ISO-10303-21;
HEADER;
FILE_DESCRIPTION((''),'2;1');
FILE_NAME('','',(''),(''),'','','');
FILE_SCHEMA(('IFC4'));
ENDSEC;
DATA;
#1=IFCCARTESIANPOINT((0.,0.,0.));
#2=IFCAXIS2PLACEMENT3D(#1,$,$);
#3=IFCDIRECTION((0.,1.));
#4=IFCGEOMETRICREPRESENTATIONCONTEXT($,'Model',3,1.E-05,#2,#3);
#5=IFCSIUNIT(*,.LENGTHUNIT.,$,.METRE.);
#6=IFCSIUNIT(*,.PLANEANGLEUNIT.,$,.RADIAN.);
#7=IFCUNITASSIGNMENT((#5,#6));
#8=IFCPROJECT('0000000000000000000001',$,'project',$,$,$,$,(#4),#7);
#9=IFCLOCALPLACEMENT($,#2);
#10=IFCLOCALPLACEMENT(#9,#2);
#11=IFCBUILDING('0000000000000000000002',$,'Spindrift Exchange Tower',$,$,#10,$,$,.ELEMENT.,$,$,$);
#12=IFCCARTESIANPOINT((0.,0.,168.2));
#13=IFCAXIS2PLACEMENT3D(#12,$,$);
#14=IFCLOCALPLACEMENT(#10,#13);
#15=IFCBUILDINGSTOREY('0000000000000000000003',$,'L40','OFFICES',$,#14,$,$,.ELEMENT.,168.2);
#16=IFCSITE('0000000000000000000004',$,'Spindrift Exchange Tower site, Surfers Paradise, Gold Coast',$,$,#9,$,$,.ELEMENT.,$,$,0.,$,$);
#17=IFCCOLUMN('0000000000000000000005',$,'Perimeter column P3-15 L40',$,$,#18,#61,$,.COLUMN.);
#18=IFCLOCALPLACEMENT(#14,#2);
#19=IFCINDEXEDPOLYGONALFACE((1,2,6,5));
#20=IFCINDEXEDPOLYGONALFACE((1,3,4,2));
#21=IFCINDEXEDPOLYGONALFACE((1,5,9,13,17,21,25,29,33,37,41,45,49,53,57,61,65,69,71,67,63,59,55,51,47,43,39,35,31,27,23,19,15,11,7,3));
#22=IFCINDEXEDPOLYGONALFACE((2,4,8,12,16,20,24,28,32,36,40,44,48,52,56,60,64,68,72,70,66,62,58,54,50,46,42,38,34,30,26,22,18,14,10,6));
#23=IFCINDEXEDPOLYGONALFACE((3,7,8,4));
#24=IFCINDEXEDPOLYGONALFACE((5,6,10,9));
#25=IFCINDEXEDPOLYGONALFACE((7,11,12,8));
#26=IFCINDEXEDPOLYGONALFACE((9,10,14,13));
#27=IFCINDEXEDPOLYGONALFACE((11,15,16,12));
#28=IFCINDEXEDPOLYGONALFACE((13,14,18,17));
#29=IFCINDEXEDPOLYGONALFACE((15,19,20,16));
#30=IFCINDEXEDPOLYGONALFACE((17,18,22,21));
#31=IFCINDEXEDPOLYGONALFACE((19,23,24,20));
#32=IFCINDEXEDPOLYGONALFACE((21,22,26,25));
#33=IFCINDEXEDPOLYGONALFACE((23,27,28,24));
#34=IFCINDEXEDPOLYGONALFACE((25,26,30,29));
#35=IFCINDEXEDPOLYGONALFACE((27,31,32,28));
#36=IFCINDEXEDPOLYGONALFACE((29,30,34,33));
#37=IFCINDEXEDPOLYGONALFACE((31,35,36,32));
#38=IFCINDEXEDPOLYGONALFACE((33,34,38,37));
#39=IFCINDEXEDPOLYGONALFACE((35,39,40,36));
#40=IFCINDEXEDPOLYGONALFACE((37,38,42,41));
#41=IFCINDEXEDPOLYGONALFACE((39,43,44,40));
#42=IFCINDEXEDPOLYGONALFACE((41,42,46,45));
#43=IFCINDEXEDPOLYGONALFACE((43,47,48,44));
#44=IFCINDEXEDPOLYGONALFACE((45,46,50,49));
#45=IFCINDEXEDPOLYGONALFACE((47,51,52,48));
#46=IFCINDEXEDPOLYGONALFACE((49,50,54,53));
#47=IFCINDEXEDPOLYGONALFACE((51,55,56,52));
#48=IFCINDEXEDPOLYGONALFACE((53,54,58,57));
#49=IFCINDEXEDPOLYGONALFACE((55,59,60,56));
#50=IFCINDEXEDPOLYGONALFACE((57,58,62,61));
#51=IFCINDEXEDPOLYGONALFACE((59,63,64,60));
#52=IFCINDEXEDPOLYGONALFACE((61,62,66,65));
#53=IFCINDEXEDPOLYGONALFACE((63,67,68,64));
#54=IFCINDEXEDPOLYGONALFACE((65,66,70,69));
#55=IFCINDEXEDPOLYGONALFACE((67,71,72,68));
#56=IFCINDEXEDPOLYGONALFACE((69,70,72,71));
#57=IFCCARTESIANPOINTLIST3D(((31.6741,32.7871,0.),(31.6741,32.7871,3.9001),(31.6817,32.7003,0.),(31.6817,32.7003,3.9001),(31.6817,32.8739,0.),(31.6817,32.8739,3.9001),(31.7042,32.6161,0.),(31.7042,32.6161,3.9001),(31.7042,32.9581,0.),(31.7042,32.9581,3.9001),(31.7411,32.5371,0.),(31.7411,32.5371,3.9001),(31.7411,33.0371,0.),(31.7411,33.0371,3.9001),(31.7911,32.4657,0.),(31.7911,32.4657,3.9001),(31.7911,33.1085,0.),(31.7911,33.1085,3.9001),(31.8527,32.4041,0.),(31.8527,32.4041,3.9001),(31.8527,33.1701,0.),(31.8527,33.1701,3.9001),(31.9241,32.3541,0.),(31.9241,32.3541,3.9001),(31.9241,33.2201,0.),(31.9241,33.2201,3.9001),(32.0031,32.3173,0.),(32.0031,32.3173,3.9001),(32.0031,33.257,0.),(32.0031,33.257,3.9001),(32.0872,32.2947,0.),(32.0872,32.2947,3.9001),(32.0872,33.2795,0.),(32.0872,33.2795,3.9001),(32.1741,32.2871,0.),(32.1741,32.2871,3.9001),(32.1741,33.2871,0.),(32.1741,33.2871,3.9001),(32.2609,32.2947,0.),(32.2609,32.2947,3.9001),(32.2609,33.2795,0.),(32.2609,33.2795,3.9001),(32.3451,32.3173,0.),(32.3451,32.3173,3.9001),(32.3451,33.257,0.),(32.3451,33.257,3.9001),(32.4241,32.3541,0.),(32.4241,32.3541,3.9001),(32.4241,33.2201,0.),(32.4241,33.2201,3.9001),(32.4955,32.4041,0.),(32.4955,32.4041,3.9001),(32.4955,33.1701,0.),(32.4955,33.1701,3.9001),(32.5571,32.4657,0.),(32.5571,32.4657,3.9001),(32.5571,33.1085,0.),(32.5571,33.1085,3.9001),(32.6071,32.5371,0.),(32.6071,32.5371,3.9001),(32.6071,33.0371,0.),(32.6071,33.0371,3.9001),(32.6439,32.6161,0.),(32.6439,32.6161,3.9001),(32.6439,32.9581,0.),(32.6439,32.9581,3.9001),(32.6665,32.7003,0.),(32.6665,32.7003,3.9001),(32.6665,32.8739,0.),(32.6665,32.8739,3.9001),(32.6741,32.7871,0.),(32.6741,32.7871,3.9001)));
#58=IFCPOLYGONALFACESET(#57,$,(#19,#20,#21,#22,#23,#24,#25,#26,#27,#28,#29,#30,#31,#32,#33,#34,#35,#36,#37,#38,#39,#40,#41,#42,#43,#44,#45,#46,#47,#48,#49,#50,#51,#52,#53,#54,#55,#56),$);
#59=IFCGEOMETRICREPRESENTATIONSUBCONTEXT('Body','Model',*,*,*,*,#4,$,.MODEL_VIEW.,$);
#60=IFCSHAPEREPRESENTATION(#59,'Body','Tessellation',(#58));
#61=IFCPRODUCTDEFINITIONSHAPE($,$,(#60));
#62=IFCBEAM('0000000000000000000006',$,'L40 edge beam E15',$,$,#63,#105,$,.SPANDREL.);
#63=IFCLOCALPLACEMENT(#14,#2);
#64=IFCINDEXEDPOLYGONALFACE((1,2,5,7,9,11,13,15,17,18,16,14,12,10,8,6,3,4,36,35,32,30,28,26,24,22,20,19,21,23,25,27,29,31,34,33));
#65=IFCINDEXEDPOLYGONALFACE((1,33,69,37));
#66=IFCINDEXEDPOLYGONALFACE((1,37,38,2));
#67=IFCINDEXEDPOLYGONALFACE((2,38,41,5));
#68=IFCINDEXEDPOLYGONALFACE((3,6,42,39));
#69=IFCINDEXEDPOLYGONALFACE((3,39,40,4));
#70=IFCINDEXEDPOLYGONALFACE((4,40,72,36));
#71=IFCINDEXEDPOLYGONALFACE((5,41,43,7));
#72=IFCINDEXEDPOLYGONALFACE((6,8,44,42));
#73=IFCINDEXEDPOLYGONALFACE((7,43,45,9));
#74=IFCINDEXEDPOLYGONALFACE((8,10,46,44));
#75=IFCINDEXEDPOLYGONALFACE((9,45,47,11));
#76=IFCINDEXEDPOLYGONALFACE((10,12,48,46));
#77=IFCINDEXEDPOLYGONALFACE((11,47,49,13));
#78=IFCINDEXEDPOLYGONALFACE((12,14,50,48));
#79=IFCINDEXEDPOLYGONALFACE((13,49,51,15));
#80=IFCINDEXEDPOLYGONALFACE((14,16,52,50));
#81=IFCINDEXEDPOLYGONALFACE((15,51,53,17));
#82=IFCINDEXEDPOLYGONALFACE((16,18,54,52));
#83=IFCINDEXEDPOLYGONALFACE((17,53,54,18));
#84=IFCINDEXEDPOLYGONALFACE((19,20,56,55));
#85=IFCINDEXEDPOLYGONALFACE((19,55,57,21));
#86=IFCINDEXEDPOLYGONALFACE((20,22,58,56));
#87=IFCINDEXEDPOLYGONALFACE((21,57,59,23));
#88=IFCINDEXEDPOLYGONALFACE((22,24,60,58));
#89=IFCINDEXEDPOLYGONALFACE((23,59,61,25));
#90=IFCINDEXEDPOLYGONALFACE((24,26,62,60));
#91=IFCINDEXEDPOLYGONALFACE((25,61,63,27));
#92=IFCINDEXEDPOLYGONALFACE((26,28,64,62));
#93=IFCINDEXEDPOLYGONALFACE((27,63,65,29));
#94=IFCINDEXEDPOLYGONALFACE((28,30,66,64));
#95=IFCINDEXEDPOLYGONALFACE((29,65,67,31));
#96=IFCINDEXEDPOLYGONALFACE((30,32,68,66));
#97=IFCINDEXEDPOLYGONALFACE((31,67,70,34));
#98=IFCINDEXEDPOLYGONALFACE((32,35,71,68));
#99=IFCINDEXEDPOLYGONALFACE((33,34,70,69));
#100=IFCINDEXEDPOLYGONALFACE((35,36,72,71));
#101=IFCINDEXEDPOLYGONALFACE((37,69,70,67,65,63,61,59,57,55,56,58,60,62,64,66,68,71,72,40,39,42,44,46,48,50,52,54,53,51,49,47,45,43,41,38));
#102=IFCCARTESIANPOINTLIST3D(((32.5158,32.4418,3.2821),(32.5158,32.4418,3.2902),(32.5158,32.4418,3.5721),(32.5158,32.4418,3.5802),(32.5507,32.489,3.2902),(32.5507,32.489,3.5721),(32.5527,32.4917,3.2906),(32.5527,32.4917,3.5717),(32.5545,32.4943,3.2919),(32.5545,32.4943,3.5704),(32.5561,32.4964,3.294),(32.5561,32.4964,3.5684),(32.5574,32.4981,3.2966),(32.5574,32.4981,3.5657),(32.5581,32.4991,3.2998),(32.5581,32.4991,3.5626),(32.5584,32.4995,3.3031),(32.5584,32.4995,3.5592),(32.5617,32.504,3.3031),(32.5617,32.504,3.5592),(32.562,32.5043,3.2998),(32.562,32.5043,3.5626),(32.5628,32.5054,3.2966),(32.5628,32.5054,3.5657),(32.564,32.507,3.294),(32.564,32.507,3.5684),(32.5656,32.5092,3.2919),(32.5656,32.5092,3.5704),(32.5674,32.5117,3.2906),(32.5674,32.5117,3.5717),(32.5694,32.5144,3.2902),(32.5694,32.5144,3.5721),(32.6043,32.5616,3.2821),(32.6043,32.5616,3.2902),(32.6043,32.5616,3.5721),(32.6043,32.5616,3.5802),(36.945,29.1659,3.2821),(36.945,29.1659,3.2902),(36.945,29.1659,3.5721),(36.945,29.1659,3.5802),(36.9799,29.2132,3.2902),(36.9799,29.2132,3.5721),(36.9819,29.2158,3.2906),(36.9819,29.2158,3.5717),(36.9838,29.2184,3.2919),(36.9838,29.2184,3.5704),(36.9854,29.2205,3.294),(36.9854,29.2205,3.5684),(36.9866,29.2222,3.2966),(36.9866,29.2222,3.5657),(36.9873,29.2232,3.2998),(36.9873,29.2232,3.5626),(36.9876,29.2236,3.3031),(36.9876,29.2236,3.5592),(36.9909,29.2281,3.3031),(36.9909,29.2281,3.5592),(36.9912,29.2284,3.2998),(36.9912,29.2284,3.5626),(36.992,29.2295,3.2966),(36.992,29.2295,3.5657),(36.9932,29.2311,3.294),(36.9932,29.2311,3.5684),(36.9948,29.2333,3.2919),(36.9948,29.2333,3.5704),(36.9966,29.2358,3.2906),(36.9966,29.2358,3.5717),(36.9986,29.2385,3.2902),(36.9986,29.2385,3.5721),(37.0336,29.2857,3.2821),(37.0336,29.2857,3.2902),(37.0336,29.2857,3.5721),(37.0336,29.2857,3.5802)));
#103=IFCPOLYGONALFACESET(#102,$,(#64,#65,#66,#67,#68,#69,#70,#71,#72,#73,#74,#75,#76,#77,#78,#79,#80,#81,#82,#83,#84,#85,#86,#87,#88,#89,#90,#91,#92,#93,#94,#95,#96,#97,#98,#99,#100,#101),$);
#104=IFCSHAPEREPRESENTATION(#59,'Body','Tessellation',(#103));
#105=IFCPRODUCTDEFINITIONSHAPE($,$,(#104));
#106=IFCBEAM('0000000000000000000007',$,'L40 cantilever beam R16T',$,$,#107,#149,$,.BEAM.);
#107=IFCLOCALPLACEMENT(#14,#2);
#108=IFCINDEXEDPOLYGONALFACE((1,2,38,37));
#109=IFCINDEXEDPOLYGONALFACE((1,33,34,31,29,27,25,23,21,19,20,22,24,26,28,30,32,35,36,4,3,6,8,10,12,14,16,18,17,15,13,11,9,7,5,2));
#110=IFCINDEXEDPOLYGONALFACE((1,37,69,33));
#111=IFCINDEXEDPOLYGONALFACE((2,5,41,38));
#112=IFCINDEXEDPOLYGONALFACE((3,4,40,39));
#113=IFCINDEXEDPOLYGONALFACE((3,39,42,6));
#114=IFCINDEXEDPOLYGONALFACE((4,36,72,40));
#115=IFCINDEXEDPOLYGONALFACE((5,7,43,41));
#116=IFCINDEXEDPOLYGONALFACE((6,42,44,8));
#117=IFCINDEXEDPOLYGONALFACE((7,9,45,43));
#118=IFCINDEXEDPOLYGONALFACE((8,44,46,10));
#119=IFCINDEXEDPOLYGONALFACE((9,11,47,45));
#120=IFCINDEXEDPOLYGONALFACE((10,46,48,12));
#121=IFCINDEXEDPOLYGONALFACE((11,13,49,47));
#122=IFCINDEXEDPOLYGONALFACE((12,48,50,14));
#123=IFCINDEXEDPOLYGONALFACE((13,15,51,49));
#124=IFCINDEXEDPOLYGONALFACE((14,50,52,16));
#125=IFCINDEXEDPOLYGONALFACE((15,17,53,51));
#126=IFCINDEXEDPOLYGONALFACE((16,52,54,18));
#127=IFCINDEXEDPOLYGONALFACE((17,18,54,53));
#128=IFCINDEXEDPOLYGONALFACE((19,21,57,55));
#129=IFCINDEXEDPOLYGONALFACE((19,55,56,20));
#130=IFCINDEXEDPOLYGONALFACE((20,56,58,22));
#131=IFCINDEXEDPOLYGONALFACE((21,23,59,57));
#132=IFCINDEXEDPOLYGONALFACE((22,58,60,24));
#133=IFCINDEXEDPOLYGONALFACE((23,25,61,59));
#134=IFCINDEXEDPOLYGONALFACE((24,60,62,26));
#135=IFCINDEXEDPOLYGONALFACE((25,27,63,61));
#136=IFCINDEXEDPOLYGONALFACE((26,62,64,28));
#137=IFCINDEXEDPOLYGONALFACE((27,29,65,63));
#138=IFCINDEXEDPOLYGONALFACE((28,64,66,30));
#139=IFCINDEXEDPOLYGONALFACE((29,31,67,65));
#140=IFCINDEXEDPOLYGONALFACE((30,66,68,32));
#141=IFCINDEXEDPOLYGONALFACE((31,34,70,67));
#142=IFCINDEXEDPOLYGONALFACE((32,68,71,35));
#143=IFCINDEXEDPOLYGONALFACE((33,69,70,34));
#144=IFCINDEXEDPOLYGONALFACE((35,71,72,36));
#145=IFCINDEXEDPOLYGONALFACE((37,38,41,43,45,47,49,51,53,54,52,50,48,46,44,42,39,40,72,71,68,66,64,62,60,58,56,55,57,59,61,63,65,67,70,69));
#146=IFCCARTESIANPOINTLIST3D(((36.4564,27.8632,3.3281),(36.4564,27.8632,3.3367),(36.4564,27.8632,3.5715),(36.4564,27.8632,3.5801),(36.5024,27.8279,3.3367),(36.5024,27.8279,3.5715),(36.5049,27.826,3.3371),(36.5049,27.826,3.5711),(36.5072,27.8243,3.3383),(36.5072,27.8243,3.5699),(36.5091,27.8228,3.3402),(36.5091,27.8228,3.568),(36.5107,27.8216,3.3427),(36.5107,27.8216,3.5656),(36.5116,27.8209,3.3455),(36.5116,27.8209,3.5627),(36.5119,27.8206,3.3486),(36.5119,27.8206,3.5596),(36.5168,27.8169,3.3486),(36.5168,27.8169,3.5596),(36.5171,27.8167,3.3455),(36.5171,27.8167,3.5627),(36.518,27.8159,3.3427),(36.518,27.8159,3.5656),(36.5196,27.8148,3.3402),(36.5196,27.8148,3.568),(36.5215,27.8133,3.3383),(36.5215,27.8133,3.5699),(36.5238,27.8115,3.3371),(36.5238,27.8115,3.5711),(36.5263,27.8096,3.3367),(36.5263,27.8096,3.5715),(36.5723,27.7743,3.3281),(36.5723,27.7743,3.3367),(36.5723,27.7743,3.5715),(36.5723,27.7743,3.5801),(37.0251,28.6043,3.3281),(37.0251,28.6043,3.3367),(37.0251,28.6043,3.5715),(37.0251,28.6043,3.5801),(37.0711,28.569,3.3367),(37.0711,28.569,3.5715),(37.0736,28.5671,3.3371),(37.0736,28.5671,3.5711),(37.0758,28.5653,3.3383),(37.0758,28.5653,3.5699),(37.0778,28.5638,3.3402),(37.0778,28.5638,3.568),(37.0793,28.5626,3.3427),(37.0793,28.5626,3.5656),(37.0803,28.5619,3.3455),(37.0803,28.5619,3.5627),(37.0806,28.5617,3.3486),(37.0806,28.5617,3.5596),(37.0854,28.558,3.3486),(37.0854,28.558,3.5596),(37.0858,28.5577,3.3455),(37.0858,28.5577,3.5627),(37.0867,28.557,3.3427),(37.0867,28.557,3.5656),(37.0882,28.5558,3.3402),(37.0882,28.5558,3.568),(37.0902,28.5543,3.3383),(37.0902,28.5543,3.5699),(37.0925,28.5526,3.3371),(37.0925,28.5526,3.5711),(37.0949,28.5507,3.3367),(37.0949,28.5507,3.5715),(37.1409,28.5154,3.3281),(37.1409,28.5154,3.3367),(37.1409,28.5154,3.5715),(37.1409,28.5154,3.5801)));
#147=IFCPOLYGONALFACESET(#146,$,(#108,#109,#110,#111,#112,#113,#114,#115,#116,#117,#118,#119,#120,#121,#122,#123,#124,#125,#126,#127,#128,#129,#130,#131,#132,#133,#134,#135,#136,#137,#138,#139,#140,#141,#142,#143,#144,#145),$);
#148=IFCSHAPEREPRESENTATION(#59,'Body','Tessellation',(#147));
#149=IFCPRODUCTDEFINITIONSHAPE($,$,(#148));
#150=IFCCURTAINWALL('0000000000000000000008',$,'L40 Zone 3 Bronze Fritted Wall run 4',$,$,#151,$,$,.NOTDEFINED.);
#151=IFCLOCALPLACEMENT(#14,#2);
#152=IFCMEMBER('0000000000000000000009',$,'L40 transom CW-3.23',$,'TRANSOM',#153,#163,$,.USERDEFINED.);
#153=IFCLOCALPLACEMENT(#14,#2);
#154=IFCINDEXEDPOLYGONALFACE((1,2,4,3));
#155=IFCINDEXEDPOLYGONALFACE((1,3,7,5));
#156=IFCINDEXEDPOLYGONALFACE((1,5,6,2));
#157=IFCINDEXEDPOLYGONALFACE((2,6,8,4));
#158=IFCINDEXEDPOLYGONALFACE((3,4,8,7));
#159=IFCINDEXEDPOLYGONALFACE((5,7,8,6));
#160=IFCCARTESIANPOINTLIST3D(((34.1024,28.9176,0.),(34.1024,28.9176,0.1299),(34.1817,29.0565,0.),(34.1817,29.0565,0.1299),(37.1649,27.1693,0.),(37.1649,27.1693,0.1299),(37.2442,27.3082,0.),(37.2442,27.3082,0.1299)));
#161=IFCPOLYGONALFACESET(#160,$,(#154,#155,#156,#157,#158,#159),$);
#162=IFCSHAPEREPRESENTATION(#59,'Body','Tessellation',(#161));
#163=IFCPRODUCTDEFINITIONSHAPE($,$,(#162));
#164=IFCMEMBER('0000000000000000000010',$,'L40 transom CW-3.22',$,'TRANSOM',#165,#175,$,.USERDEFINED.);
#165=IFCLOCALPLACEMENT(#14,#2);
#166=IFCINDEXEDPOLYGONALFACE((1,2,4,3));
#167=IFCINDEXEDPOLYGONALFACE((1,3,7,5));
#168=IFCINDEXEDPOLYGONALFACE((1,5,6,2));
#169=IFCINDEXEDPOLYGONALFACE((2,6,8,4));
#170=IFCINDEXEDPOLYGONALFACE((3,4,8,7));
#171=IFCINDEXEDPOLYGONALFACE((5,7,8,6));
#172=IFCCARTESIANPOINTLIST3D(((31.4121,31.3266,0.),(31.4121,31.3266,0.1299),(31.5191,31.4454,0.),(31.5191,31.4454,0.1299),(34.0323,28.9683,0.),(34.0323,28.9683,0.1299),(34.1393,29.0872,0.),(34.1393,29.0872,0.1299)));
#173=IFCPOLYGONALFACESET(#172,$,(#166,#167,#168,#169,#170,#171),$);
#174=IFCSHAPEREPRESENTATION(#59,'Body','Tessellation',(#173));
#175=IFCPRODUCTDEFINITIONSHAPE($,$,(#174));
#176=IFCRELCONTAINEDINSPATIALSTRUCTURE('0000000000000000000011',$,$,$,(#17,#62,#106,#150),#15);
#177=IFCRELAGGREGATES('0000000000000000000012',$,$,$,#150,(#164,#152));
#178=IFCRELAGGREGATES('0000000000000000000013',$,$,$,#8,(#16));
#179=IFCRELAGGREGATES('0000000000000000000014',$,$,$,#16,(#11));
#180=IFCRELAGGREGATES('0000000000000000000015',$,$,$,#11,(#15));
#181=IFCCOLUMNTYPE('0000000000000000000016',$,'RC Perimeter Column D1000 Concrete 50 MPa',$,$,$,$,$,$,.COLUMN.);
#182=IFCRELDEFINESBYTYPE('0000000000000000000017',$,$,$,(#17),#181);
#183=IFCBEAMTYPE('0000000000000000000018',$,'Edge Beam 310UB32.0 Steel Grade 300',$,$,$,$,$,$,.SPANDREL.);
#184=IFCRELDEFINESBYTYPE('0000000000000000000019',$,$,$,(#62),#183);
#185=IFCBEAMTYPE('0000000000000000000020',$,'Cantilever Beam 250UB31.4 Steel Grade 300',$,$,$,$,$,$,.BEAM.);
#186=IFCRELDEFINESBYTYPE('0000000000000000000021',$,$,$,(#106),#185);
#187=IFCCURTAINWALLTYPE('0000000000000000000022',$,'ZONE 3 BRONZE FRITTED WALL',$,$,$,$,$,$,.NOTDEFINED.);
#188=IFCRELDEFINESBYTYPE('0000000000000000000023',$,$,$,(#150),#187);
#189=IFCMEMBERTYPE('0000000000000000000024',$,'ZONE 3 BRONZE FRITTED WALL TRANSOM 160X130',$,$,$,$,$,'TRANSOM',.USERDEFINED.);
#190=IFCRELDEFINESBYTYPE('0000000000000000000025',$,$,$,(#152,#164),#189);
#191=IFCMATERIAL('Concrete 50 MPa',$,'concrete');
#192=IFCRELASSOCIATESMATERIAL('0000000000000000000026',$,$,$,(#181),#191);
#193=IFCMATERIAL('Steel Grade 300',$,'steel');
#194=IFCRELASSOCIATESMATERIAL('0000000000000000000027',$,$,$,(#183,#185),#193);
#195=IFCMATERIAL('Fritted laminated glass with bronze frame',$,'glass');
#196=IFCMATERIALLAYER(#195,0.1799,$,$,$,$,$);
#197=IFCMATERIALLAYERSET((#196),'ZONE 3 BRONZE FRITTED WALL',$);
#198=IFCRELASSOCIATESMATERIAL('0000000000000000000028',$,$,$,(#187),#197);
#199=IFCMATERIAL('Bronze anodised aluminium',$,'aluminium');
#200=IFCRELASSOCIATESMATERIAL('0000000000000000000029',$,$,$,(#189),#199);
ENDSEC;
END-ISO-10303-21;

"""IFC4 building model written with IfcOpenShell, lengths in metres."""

from ifc_helpers import new_model, si_unit, direction, frame, origin, origin_2d, place, context, subcontext, project, spatial, rectangle, circle, i_section, extrude, source, transform, mapped, material, layer, layer_set, material_profile, profile_set, type_object, element, aggregate, save


model = new_model("IFC4")

# Units and contexts
model_context = context("Model", 3, precision=1e-05, world=origin(), true_north=direction((0.0, 1.0)))
body_context = subcontext(model_context, "Body", "Model", "MODEL_VIEW")
ifc_project = project(units=[si_unit("LENGTHUNIT", "METRE"), si_unit("PLANEANGLEUNIT", "RADIAN")], contexts=[model_context])

# Site, building, storey
site_placement = place(None, origin())
site = spatial("IfcSite", under=ifc_project, at=site_placement, Name="Spindrift Exchange Tower site, Surfers Paradise, Gold Coast", CompositionType="ELEMENT", RefElevation=0.0)
building_placement = place(site_placement, origin())
building = spatial("IfcBuilding", under=site, at=building_placement, Name="Spindrift Exchange Tower", CompositionType="ELEMENT")
storey_placement = place(building_placement, frame((0.0, 0.0, 168.2)))
storey = spatial("IfcBuildingStorey", under=building, at=storey_placement, Name="L40", Description="OFFICES", CompositionType="ELEMENT", Elevation=168.2)

# Column
ifc_material_1 = material(Name="Concrete 50 MPa", Category="concrete")
ifc_material_profile_1 = material_profile(ifc_material_1, circle(Radius=0.5, at=origin_2d()), Name="RC D1000")
ifc_profile_set_1 = profile_set([ifc_material_profile_1], Name="Concrete 50 MPa")
column_type = type_object("IfcColumnType", Name="RC Perimeter Column D1000 Concrete 50 MPa", PredefinedType="COLUMN", material=ifc_profile_set_1)
shared_shape_1 = source(origin(), body_context, "Body", "SweptSolid", [
    extrude(circle(Radius=0.5, at=origin_2d()), origin(), (0.0, 0.0, 1.0), 3.9001),
])
column_placement = place(storey_placement, frame((32.1741, 32.7871, 0.0), z_axis=(0.0, 0.0, 1.0), x_axis=(1.0, 0.0, 0.0)))
element("IfcColumn", 1, at=column_placement, inside=storey, type_object=column_type, Name="Perimeter column P3-15 L40", PredefinedType="COLUMN", context=body_context, shape_type="MappedRepresentation", body=[
    mapped(shared_shape_1, transform((0.0, 0.0, 0.0), scale=1.0)),
])

# Beams
ifc_material_2 = material(Name="Steel Grade 300", Category="steel")
ifc_material_profile_2 = material_profile(ifc_material_2, i_section(OverallWidth=0.1489, OverallDepth=0.2981, WebThickness=0.0056, FlangeThickness=0.0081, FilletRadius=0.0129, at=origin_2d()), Name="310UB32.0")
ifc_profile_set_2 = profile_set([ifc_material_profile_2], Name="Steel Grade 300")
beam_type_1 = type_object("IfcBeamType", Name="Edge Beam 310UB32.0 Steel Grade 300", PredefinedType="SPANDREL", material=ifc_profile_set_2)
shared_shape_2 = source(origin(), body_context, "Body", "SweptSolid", [
    extrude(i_section(OverallWidth=0.1489, OverallDepth=0.2981, WebThickness=0.0056, FlangeThickness=0.0081, FilletRadius=0.0129, at=origin_2d()), origin(), (0.0, 0.0, 1.0), 5.509),
])
beam_1_placement = place(storey_placement, frame((32.5601, 32.5017, 3.4312), z_axis=(0.803992, -0.59464, 0.0), x_axis=(0.59464, 0.803992, 0.0)))
element("IfcBeam", 2, at=beam_1_placement, inside=storey, type_object=beam_type_1, Name="L40 edge beam E15", PredefinedType="SPANDREL", context=body_context, shape_type="MappedRepresentation", body=[
    mapped(shared_shape_2, transform((0.0, 0.0, 0.0), scale=1.0)),
])
ifc_material_profile_3 = material_profile(ifc_material_2, i_section(OverallWidth=0.146, OverallDepth=0.252, WebThickness=0.0061, FlangeThickness=0.0085, FilletRadius=0.012, at=origin_2d()), Name="250UB31.4")
ifc_profile_set_3 = profile_set([ifc_material_profile_3], Name="Steel Grade 300")
beam_type_2 = type_object("IfcBeamType", Name="Cantilever Beam 250UB31.4 Steel Grade 300", PredefinedType="BEAM", material=ifc_profile_set_3)
shared_shape_3 = source(origin(), body_context, "Body", "SweptSolid", [
    extrude(i_section(OverallWidth=0.146, OverallDepth=0.252, WebThickness=0.0061, FlangeThickness=0.0085, FilletRadius=0.012, at=origin_2d()), origin(), (0.0, 0.0, 1.0), 0.9341),
])
beam_2_placement = place(storey_placement, frame((37.083, 28.5598, 3.4541), z_axis=(-0.608788, -0.793333, 0.0), x_axis=(0.793333, -0.608788, 0.0)))
element("IfcBeam", 3, at=beam_2_placement, inside=storey, type_object=beam_type_2, Name="L40 cantilever beam R16T", PredefinedType="BEAM", context=body_context, shape_type="MappedRepresentation", body=[
    mapped(shared_shape_3, transform((0.0, 0.0, 0.0), scale=1.0)),
])

# Curtain wall, members
ifc_material_3 = material(Name="Fritted laminated glass with bronze frame", Category="glass")
ifc_layer_1 = layer(ifc_material_3, 0.1799)
ifc_layer_set_1 = layer_set([ifc_layer_1], Name="ZONE 3 BRONZE FRITTED WALL")
curtain_wall_type = type_object("IfcCurtainWallType", Name="ZONE 3 BRONZE FRITTED WALL", PredefinedType="NOTDEFINED", material=ifc_layer_set_1)
curtain_wall_placement = place(storey_placement, origin())
curtain_wall = element("IfcCurtainWall", 4, at=curtain_wall_placement, inside=storey, type_object=curtain_wall_type, Name="L40 Zone 3 Bronze Fritted Wall run 4", PredefinedType="NOTDEFINED")
ifc_material_4 = material(Name="Bronze anodised aluminium", Category="aluminium")
ifc_material_profile_4 = material_profile(ifc_material_4, rectangle(XDim=0.1599, YDim=0.1299, at=origin_2d()), Name="ZONE 3 BRONZE FRITTED WALL TRANSOM 160X130")
ifc_profile_set_4 = profile_set([ifc_material_profile_4], Name="Bronze anodised aluminium")
member_type_1 = type_object("IfcMemberType", Name="ZONE 3 BRONZE FRITTED WALL TRANSOM 160X130", ElementType="TRANSOM", PredefinedType="USERDEFINED", material=ifc_profile_set_4)
shared_shape_4 = source(origin(), body_context, "Body", "SweptSolid", [
    extrude(rectangle(XDim=0.1599, YDim=0.1299, at=origin_2d()), origin(), (0.0, 0.0, 1.0), 3.5264),
])
member_1_placement = place(storey_placement, frame((34.1421, 28.9871, 0.0649), z_axis=(0.868452, -0.495774, 0.0), x_axis=(0.495774, 0.868452, 0.0)))
member_1 = element("IfcMember", 5, at=member_1_placement, type_object=member_type_1, Name="L40 transom CW-3.23", ObjectType="TRANSOM", PredefinedType="USERDEFINED", context=body_context, shape_type="MappedRepresentation", body=[
    mapped(shared_shape_4, transform((0.0, 0.0, 0.0), scale=1.0)),
])
shared_shape_5 = source(origin(), body_context, "Body", "SweptSolid", [
    extrude(rectangle(XDim=0.1599, YDim=0.1299, at=origin_2d()), origin(), (0.0, 0.0, 1.0), 3.5251),
])
member_2_placement = place(storey_placement, frame((31.4656, 31.386, 0.0649), z_axis=(0.743287, -0.668972, 0.0), x_axis=(0.668972, 0.743287, 0.0)))
member_2 = element("IfcMember", 6, at=member_2_placement, type_object=member_type_1, Name="L40 transom CW-3.22", ObjectType="TRANSOM", PredefinedType="USERDEFINED", context=body_context, shape_type="MappedRepresentation", body=[
    mapped(shared_shape_5, transform((0.0, 0.0, 0.0), scale=1.0)),
])

aggregate(curtain_wall, [member_2, member_1])

save(model, "model.ifc")
